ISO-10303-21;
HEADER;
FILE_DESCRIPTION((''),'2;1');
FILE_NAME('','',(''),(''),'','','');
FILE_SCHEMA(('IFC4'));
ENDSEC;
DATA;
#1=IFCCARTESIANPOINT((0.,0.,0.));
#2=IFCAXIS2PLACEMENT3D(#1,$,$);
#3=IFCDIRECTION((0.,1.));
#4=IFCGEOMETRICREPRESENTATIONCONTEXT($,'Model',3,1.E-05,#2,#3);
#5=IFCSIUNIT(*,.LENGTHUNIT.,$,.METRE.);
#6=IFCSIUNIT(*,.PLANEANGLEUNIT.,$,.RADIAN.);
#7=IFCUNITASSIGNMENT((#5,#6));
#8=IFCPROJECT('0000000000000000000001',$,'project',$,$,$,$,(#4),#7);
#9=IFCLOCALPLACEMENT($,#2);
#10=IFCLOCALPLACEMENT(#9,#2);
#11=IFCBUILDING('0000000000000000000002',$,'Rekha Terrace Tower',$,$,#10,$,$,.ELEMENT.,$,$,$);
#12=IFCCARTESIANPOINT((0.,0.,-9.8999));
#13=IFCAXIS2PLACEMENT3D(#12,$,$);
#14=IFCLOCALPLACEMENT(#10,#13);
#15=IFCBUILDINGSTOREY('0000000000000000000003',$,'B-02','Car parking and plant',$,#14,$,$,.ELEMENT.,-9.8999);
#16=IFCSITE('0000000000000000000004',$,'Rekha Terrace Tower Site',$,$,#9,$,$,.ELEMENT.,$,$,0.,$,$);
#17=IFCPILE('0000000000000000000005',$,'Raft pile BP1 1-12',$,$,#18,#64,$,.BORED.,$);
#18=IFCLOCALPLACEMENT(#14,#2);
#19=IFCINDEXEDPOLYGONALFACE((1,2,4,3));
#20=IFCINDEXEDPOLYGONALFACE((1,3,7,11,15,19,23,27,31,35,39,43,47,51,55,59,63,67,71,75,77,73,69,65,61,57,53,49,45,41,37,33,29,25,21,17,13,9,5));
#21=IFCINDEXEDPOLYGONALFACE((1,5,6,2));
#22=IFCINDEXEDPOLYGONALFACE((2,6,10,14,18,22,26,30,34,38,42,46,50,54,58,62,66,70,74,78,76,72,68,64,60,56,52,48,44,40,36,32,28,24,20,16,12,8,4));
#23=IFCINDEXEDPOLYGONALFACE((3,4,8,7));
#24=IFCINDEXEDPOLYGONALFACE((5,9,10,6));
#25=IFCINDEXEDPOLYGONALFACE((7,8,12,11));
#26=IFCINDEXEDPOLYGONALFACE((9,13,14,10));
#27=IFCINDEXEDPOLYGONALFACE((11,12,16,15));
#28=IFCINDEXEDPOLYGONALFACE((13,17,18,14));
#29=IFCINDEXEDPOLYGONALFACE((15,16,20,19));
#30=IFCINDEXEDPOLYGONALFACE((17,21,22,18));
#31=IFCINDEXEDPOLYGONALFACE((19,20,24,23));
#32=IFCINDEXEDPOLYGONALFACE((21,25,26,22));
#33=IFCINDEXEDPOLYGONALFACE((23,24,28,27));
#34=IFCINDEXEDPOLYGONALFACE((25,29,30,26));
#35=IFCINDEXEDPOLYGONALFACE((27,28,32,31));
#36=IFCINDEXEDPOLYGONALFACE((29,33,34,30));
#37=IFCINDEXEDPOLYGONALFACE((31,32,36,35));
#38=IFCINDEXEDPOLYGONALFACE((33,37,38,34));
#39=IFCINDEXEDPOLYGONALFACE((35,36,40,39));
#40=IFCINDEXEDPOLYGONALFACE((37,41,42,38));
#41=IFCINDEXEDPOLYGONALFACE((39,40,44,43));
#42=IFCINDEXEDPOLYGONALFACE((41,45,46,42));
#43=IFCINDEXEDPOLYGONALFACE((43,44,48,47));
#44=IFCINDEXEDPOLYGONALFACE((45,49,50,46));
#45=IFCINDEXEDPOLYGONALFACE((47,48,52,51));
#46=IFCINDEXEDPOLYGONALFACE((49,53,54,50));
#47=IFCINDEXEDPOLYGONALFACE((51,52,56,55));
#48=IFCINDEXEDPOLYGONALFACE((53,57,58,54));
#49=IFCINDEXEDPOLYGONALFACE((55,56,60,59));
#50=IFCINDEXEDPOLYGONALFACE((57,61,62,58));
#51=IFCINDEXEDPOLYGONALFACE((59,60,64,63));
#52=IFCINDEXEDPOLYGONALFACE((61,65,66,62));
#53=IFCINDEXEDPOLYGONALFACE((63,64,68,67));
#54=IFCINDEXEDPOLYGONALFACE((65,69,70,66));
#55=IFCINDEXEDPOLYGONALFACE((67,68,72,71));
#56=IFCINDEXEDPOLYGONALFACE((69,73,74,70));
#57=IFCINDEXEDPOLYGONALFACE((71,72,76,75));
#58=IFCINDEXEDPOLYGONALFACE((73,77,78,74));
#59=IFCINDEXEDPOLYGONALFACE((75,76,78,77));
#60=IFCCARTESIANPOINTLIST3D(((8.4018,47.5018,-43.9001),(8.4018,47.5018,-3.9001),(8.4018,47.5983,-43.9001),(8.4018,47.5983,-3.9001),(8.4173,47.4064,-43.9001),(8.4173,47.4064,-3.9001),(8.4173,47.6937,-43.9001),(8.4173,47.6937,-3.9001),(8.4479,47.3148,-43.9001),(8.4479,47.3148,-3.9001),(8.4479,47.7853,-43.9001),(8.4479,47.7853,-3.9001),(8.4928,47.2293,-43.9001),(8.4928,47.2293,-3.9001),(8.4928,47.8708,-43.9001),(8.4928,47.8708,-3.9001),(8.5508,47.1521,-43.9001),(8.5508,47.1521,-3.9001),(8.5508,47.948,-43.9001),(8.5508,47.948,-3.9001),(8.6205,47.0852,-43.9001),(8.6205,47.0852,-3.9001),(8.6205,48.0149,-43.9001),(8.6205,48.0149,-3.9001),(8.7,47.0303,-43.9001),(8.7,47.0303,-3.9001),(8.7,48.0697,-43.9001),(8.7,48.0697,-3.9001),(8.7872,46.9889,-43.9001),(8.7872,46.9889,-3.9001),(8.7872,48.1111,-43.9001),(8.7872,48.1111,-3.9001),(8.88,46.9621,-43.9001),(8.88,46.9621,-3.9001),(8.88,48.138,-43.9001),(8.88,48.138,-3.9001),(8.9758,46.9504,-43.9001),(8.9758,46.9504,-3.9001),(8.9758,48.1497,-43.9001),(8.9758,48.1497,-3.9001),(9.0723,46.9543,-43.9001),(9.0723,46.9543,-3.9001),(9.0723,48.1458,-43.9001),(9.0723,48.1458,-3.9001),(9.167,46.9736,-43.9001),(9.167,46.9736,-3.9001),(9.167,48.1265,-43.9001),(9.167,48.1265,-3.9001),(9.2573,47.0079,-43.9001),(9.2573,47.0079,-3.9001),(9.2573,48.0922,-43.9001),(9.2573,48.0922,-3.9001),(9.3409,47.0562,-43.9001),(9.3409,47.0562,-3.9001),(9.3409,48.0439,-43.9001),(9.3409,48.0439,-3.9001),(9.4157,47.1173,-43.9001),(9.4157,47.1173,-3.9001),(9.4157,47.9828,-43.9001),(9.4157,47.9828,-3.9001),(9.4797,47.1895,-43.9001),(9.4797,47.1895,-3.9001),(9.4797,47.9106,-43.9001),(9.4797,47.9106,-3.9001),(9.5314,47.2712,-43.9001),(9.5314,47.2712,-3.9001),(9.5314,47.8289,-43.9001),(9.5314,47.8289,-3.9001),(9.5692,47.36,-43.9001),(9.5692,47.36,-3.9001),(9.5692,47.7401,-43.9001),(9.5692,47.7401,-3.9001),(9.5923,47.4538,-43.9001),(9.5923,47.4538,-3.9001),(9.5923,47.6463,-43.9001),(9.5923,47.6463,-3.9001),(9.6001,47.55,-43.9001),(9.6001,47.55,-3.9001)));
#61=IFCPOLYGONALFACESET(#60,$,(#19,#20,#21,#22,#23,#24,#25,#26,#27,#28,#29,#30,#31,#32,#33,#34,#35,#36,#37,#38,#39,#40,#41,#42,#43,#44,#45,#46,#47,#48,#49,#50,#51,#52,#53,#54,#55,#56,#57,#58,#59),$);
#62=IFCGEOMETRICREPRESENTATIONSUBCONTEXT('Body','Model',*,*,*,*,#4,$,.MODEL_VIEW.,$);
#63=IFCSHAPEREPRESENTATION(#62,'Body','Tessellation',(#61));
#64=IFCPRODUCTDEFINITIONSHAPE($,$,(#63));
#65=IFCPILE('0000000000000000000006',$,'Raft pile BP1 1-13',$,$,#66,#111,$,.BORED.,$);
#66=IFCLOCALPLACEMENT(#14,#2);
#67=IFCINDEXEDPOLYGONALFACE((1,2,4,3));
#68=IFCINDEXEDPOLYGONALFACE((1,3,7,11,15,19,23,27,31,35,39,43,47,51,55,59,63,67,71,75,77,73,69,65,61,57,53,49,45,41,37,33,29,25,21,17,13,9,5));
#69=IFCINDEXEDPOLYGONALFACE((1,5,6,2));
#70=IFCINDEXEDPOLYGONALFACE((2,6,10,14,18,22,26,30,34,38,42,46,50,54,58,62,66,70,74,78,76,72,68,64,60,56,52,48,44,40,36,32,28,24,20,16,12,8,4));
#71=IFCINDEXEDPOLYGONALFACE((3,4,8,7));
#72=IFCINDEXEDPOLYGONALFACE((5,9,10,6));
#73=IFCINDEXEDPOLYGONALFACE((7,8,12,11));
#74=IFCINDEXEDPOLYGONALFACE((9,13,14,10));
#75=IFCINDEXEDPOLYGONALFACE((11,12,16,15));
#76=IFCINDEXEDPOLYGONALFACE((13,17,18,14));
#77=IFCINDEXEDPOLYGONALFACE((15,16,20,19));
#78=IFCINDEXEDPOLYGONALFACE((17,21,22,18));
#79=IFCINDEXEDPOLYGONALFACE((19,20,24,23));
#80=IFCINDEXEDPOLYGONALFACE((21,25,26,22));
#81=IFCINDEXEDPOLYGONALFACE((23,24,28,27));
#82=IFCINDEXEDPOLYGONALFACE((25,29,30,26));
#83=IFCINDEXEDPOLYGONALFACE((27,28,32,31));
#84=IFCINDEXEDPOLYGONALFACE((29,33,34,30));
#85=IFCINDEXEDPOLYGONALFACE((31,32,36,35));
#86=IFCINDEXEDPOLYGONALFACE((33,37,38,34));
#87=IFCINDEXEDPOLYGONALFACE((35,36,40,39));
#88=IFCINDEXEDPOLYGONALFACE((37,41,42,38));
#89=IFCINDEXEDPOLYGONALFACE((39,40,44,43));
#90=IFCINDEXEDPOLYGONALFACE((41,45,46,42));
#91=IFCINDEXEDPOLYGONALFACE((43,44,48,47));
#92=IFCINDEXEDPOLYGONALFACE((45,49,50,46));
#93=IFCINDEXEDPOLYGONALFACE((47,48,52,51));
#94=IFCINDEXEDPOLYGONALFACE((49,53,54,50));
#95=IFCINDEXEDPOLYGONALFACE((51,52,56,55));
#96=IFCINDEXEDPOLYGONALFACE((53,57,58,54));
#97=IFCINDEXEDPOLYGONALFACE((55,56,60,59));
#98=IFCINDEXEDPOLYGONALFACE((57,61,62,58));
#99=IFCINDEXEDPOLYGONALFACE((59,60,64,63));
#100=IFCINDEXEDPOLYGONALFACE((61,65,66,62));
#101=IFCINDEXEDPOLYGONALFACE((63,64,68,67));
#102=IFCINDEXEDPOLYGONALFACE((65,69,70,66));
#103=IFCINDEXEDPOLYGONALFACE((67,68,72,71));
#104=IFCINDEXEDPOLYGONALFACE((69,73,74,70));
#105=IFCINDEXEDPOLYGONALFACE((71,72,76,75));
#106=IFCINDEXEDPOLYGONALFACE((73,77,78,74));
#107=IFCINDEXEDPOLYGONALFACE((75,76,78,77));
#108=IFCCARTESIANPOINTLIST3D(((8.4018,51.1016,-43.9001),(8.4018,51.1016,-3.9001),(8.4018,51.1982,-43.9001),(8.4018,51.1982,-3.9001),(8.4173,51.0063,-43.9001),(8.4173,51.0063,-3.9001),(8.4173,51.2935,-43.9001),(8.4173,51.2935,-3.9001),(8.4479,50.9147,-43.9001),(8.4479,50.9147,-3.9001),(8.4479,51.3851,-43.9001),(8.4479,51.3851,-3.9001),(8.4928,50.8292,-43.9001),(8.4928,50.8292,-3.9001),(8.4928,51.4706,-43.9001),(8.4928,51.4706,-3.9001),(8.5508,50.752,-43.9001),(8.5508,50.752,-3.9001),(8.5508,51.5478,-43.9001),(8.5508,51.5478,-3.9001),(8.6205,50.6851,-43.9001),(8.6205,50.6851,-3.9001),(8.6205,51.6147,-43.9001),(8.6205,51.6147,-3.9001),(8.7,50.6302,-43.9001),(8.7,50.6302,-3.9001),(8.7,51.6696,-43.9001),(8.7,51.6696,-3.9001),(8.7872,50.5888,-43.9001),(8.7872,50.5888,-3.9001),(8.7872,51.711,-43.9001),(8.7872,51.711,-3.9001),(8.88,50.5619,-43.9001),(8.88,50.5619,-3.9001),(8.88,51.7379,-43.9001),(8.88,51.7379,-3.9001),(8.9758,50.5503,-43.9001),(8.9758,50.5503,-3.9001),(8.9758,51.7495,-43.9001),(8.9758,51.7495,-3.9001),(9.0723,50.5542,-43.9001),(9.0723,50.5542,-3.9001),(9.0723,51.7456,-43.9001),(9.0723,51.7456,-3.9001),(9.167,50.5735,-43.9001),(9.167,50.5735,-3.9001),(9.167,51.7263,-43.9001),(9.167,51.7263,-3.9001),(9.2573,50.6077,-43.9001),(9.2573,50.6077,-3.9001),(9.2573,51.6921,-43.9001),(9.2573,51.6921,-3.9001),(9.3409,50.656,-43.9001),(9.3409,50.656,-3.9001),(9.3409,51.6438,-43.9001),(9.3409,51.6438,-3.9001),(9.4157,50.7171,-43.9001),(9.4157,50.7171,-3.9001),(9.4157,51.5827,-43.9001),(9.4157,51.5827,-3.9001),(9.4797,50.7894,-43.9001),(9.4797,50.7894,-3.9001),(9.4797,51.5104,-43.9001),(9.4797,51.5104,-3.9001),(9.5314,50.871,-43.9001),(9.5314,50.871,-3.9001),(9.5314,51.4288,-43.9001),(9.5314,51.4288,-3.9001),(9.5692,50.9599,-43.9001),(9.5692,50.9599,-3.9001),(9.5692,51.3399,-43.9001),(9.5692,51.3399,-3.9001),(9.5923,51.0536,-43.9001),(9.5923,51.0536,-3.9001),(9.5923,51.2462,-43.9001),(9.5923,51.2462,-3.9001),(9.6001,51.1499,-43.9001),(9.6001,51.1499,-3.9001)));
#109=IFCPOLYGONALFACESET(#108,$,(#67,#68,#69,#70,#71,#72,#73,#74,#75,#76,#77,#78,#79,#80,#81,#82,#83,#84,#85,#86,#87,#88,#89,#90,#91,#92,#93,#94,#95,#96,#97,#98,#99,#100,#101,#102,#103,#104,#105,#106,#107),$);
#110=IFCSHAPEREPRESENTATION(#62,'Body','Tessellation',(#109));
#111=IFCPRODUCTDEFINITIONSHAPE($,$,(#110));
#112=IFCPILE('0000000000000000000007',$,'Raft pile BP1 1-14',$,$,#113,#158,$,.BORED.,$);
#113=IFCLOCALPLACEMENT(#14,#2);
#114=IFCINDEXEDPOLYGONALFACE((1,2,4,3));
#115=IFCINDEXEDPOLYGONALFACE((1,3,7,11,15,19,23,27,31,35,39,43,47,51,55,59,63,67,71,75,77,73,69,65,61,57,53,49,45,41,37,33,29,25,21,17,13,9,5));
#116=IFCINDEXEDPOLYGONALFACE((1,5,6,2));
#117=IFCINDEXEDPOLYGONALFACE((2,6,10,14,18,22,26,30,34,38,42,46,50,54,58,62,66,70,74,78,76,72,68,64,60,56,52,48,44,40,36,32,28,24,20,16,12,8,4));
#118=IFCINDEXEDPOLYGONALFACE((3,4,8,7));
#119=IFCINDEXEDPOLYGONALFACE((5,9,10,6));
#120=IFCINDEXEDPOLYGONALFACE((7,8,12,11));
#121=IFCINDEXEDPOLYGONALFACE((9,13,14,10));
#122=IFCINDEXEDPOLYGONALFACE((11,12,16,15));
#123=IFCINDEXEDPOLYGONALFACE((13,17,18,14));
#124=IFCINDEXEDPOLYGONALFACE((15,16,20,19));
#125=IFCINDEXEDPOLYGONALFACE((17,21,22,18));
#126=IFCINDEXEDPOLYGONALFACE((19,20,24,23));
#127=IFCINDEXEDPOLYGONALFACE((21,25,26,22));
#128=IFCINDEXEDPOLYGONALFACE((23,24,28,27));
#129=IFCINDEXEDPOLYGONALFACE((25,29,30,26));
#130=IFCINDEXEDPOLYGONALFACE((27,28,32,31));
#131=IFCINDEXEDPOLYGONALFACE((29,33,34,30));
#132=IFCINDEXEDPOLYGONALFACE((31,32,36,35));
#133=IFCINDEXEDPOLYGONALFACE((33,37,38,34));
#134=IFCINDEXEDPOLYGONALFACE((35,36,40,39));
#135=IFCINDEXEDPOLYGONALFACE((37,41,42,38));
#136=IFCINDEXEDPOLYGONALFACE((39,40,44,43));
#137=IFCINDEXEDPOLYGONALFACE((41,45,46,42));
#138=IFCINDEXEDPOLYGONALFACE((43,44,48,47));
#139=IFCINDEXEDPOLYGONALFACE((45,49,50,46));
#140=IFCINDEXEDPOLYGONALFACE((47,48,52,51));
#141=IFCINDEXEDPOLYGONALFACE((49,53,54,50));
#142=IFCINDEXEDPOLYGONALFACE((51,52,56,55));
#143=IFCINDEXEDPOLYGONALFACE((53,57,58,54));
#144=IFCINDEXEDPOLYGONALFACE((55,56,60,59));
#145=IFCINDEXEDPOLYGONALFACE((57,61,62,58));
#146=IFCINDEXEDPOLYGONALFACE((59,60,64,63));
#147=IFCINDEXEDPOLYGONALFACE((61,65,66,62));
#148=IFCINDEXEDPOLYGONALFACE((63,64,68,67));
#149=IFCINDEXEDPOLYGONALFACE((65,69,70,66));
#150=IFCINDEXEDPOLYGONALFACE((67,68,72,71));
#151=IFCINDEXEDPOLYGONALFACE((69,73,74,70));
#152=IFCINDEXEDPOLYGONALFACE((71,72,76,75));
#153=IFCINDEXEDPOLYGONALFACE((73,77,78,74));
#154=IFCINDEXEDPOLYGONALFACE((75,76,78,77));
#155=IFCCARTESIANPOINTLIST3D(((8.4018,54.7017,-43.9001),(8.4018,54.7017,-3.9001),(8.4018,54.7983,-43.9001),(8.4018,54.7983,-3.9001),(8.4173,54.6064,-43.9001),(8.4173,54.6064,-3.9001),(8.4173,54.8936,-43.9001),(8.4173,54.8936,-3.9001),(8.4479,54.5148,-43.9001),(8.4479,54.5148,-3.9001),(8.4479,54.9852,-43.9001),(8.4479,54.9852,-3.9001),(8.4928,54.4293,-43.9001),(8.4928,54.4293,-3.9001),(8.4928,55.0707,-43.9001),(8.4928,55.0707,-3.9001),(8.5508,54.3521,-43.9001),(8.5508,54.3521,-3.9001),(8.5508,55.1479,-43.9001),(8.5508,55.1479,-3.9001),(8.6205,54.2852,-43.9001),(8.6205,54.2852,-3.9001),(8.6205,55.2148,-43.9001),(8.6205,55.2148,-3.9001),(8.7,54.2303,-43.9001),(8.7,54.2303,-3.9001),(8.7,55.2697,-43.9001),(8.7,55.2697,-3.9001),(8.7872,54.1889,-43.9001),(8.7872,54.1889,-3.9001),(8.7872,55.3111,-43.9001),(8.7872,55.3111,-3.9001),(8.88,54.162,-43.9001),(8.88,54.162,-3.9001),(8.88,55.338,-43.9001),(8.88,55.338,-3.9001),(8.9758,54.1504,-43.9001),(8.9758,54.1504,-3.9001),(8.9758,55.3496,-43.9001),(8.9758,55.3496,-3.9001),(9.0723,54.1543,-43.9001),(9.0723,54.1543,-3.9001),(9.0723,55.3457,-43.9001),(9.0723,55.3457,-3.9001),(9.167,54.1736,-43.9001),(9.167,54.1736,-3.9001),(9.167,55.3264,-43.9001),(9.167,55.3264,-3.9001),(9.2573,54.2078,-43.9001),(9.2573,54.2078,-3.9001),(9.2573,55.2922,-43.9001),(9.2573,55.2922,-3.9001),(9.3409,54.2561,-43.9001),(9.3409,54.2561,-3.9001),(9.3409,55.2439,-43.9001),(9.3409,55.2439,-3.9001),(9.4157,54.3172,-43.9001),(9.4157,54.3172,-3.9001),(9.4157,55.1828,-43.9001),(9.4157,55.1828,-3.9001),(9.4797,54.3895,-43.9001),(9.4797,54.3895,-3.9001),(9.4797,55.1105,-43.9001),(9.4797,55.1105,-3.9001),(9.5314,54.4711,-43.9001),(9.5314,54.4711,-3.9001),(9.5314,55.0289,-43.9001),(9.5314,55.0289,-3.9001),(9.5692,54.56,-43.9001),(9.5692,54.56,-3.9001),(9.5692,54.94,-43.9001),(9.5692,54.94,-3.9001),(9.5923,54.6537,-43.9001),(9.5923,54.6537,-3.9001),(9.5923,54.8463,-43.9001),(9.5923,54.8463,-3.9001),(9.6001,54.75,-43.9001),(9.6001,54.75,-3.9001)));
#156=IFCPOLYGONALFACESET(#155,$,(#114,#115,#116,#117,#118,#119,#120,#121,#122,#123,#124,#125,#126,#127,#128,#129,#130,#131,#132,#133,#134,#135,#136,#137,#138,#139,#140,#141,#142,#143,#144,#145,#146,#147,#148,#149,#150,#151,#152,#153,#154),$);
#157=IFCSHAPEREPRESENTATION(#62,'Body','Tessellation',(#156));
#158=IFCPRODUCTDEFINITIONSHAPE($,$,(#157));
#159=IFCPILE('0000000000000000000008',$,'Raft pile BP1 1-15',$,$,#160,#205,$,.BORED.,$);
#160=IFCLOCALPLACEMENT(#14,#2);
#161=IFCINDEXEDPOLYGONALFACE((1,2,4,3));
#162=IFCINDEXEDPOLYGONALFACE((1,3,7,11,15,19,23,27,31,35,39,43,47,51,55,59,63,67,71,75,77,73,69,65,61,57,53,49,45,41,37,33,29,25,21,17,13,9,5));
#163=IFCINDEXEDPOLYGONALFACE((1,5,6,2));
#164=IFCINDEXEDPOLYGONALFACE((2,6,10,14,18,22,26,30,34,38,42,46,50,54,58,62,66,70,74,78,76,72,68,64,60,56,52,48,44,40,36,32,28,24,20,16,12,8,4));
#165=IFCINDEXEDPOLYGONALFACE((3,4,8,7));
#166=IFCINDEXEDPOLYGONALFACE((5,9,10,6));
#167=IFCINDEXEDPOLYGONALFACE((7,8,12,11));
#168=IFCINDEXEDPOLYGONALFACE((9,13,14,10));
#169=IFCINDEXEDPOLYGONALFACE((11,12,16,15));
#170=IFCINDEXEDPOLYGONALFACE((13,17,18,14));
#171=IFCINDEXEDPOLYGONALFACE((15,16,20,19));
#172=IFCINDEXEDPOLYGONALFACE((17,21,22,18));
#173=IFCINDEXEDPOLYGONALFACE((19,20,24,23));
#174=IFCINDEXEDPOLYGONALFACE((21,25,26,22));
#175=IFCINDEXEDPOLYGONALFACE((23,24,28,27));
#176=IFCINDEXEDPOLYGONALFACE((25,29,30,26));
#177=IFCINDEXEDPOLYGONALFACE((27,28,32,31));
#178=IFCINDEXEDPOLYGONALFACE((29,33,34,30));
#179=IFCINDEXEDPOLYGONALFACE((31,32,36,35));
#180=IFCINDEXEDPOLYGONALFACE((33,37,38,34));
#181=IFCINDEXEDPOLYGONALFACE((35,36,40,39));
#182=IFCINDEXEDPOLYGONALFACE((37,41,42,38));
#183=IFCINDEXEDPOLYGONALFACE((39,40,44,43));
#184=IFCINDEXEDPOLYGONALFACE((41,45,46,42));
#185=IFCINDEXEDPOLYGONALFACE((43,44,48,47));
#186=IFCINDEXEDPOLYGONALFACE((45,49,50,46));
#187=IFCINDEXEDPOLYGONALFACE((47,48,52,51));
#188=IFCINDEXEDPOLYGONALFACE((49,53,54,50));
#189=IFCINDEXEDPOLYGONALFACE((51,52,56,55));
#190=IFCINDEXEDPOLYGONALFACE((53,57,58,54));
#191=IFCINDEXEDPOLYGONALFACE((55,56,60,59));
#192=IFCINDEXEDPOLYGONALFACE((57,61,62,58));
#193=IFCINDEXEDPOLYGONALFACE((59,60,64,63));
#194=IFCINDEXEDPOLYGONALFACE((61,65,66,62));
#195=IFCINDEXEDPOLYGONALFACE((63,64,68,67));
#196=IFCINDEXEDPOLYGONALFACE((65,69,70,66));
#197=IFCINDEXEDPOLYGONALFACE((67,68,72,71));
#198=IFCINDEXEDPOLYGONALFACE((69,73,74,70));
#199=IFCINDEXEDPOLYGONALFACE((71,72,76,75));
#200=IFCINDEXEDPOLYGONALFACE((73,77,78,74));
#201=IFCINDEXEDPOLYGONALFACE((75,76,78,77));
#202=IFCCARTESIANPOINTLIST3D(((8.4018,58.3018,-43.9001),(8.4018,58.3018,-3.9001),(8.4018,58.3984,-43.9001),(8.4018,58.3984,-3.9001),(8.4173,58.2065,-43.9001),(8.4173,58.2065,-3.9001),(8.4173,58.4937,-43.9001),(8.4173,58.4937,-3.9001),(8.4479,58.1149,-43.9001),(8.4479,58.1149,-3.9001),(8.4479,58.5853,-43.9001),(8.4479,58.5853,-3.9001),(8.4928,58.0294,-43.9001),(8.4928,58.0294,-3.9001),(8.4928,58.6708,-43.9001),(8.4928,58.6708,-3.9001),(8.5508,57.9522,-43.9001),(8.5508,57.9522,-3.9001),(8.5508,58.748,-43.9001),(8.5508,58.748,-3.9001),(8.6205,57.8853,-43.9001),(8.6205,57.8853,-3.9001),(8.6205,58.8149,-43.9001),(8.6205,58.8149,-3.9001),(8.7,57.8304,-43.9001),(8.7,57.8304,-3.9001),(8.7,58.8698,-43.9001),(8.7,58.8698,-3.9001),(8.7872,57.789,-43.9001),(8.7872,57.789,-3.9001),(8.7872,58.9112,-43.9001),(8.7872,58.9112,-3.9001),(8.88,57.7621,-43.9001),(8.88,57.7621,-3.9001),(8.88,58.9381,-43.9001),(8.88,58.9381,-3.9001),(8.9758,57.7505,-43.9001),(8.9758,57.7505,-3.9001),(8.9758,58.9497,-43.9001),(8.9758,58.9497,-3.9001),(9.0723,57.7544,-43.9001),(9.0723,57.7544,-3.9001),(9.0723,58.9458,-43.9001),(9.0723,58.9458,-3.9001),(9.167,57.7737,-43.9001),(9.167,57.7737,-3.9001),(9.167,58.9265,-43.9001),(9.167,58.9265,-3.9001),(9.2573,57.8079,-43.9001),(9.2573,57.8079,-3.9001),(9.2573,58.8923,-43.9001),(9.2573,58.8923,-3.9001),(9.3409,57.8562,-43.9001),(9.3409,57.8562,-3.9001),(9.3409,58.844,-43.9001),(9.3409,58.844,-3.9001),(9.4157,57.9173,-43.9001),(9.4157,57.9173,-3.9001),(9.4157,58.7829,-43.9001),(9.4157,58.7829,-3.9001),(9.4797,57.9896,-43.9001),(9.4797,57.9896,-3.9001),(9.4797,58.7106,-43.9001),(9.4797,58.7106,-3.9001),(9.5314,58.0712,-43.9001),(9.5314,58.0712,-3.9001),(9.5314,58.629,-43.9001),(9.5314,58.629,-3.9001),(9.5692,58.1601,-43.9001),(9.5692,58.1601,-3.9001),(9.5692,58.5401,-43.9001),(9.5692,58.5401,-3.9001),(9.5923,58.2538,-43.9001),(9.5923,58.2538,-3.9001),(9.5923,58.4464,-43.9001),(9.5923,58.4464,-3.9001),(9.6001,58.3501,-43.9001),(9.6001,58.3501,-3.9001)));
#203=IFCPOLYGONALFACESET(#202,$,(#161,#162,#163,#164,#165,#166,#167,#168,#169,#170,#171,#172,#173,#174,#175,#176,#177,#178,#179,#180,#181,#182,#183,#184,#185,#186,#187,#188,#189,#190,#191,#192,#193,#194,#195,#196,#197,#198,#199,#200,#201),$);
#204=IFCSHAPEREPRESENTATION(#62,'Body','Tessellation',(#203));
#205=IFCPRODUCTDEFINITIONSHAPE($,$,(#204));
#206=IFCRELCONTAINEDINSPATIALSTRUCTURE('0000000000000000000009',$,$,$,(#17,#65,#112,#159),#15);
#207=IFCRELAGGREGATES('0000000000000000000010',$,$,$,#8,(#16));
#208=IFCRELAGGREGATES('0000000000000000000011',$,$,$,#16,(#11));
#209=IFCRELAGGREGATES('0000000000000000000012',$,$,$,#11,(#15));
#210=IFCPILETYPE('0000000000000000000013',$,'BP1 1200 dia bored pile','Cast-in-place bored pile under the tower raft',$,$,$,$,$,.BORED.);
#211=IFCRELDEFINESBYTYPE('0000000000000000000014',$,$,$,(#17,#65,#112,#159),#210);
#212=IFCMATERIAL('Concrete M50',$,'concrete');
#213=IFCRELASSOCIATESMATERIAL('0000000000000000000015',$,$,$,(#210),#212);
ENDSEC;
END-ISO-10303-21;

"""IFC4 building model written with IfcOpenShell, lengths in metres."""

from ifc_helpers import new_model, si_unit, direction, frame, origin, origin_2d, place, context, subcontext, project, spatial, circle, extrude, material, type_object, element, save


model = new_model("IFC4")

# Units and contexts
model_context = context("Model", 3, precision=1e-05, world=origin(), true_north=direction((0.0, 1.0)))
body_context = subcontext(model_context, "Body", "Model", "MODEL_VIEW")
ifc_project = project(units=[si_unit("LENGTHUNIT", "METRE"), si_unit("PLANEANGLEUNIT", "RADIAN")], contexts=[model_context])

# Site, building, storey
site_placement = place(None, origin())
site = spatial("IfcSite", under=ifc_project, at=site_placement, Name="Rekha Terrace Tower Site", CompositionType="ELEMENT", RefElevation=0.0)
building_placement = place(site_placement, origin())
building = spatial("IfcBuilding", under=site, at=building_placement, Name="Rekha Terrace Tower", CompositionType="ELEMENT")
storey_placement = place(building_placement, frame((0.0, 0.0, -9.8999)))
storey = spatial("IfcBuildingStorey", under=building, at=storey_placement, Name="B-02", Description="Car parking and plant", CompositionType="ELEMENT", Elevation=-9.8999)

# Piles
ifc_material_1 = material(Name="Concrete M50", Category="concrete")
pile_type_1 = type_object("IfcPileType", Name="BP1 1200 dia bored pile", Description="Cast-in-place bored pile under the tower raft", PredefinedType="BORED", material=ifc_material_1)
for number, where, z_axis, x_axis, name in (
    (1, (9.0, 47.55, -3.9001), (0.0, 0.0, -1.0), (1.0, 0.0, 0.0), "Raft pile BP1 1-12"),
    (2, (9.0, 51.1499, -3.9001), (0.0, 0.0, -1.0), (1.0, 0.0, 0.0), "Raft pile BP1 1-13"),
    (3, (9.0, 54.75, -3.9001), (0.0, 0.0, -1.0), (1.0, 0.0, 0.0), "Raft pile BP1 1-14"),
    (4, (9.0, 58.3501, -3.9001), (0.0, 0.0, -1.0), (1.0, 0.0, 0.0), "Raft pile BP1 1-15"),
):
    element("IfcPile", number, at=place(storey_placement, frame(where, z_axis=z_axis, x_axis=x_axis)), inside=storey, type_object=pile_type_1, Name=name, PredefinedType="BORED", context=body_context, shape_type="SweptSolid", body=[
        extrude(circle(Radius=0.6001, at=origin_2d()), origin(), (0.0, 0.0, 1.0), 40.0),
    ])

save(model, "model.ifc")
